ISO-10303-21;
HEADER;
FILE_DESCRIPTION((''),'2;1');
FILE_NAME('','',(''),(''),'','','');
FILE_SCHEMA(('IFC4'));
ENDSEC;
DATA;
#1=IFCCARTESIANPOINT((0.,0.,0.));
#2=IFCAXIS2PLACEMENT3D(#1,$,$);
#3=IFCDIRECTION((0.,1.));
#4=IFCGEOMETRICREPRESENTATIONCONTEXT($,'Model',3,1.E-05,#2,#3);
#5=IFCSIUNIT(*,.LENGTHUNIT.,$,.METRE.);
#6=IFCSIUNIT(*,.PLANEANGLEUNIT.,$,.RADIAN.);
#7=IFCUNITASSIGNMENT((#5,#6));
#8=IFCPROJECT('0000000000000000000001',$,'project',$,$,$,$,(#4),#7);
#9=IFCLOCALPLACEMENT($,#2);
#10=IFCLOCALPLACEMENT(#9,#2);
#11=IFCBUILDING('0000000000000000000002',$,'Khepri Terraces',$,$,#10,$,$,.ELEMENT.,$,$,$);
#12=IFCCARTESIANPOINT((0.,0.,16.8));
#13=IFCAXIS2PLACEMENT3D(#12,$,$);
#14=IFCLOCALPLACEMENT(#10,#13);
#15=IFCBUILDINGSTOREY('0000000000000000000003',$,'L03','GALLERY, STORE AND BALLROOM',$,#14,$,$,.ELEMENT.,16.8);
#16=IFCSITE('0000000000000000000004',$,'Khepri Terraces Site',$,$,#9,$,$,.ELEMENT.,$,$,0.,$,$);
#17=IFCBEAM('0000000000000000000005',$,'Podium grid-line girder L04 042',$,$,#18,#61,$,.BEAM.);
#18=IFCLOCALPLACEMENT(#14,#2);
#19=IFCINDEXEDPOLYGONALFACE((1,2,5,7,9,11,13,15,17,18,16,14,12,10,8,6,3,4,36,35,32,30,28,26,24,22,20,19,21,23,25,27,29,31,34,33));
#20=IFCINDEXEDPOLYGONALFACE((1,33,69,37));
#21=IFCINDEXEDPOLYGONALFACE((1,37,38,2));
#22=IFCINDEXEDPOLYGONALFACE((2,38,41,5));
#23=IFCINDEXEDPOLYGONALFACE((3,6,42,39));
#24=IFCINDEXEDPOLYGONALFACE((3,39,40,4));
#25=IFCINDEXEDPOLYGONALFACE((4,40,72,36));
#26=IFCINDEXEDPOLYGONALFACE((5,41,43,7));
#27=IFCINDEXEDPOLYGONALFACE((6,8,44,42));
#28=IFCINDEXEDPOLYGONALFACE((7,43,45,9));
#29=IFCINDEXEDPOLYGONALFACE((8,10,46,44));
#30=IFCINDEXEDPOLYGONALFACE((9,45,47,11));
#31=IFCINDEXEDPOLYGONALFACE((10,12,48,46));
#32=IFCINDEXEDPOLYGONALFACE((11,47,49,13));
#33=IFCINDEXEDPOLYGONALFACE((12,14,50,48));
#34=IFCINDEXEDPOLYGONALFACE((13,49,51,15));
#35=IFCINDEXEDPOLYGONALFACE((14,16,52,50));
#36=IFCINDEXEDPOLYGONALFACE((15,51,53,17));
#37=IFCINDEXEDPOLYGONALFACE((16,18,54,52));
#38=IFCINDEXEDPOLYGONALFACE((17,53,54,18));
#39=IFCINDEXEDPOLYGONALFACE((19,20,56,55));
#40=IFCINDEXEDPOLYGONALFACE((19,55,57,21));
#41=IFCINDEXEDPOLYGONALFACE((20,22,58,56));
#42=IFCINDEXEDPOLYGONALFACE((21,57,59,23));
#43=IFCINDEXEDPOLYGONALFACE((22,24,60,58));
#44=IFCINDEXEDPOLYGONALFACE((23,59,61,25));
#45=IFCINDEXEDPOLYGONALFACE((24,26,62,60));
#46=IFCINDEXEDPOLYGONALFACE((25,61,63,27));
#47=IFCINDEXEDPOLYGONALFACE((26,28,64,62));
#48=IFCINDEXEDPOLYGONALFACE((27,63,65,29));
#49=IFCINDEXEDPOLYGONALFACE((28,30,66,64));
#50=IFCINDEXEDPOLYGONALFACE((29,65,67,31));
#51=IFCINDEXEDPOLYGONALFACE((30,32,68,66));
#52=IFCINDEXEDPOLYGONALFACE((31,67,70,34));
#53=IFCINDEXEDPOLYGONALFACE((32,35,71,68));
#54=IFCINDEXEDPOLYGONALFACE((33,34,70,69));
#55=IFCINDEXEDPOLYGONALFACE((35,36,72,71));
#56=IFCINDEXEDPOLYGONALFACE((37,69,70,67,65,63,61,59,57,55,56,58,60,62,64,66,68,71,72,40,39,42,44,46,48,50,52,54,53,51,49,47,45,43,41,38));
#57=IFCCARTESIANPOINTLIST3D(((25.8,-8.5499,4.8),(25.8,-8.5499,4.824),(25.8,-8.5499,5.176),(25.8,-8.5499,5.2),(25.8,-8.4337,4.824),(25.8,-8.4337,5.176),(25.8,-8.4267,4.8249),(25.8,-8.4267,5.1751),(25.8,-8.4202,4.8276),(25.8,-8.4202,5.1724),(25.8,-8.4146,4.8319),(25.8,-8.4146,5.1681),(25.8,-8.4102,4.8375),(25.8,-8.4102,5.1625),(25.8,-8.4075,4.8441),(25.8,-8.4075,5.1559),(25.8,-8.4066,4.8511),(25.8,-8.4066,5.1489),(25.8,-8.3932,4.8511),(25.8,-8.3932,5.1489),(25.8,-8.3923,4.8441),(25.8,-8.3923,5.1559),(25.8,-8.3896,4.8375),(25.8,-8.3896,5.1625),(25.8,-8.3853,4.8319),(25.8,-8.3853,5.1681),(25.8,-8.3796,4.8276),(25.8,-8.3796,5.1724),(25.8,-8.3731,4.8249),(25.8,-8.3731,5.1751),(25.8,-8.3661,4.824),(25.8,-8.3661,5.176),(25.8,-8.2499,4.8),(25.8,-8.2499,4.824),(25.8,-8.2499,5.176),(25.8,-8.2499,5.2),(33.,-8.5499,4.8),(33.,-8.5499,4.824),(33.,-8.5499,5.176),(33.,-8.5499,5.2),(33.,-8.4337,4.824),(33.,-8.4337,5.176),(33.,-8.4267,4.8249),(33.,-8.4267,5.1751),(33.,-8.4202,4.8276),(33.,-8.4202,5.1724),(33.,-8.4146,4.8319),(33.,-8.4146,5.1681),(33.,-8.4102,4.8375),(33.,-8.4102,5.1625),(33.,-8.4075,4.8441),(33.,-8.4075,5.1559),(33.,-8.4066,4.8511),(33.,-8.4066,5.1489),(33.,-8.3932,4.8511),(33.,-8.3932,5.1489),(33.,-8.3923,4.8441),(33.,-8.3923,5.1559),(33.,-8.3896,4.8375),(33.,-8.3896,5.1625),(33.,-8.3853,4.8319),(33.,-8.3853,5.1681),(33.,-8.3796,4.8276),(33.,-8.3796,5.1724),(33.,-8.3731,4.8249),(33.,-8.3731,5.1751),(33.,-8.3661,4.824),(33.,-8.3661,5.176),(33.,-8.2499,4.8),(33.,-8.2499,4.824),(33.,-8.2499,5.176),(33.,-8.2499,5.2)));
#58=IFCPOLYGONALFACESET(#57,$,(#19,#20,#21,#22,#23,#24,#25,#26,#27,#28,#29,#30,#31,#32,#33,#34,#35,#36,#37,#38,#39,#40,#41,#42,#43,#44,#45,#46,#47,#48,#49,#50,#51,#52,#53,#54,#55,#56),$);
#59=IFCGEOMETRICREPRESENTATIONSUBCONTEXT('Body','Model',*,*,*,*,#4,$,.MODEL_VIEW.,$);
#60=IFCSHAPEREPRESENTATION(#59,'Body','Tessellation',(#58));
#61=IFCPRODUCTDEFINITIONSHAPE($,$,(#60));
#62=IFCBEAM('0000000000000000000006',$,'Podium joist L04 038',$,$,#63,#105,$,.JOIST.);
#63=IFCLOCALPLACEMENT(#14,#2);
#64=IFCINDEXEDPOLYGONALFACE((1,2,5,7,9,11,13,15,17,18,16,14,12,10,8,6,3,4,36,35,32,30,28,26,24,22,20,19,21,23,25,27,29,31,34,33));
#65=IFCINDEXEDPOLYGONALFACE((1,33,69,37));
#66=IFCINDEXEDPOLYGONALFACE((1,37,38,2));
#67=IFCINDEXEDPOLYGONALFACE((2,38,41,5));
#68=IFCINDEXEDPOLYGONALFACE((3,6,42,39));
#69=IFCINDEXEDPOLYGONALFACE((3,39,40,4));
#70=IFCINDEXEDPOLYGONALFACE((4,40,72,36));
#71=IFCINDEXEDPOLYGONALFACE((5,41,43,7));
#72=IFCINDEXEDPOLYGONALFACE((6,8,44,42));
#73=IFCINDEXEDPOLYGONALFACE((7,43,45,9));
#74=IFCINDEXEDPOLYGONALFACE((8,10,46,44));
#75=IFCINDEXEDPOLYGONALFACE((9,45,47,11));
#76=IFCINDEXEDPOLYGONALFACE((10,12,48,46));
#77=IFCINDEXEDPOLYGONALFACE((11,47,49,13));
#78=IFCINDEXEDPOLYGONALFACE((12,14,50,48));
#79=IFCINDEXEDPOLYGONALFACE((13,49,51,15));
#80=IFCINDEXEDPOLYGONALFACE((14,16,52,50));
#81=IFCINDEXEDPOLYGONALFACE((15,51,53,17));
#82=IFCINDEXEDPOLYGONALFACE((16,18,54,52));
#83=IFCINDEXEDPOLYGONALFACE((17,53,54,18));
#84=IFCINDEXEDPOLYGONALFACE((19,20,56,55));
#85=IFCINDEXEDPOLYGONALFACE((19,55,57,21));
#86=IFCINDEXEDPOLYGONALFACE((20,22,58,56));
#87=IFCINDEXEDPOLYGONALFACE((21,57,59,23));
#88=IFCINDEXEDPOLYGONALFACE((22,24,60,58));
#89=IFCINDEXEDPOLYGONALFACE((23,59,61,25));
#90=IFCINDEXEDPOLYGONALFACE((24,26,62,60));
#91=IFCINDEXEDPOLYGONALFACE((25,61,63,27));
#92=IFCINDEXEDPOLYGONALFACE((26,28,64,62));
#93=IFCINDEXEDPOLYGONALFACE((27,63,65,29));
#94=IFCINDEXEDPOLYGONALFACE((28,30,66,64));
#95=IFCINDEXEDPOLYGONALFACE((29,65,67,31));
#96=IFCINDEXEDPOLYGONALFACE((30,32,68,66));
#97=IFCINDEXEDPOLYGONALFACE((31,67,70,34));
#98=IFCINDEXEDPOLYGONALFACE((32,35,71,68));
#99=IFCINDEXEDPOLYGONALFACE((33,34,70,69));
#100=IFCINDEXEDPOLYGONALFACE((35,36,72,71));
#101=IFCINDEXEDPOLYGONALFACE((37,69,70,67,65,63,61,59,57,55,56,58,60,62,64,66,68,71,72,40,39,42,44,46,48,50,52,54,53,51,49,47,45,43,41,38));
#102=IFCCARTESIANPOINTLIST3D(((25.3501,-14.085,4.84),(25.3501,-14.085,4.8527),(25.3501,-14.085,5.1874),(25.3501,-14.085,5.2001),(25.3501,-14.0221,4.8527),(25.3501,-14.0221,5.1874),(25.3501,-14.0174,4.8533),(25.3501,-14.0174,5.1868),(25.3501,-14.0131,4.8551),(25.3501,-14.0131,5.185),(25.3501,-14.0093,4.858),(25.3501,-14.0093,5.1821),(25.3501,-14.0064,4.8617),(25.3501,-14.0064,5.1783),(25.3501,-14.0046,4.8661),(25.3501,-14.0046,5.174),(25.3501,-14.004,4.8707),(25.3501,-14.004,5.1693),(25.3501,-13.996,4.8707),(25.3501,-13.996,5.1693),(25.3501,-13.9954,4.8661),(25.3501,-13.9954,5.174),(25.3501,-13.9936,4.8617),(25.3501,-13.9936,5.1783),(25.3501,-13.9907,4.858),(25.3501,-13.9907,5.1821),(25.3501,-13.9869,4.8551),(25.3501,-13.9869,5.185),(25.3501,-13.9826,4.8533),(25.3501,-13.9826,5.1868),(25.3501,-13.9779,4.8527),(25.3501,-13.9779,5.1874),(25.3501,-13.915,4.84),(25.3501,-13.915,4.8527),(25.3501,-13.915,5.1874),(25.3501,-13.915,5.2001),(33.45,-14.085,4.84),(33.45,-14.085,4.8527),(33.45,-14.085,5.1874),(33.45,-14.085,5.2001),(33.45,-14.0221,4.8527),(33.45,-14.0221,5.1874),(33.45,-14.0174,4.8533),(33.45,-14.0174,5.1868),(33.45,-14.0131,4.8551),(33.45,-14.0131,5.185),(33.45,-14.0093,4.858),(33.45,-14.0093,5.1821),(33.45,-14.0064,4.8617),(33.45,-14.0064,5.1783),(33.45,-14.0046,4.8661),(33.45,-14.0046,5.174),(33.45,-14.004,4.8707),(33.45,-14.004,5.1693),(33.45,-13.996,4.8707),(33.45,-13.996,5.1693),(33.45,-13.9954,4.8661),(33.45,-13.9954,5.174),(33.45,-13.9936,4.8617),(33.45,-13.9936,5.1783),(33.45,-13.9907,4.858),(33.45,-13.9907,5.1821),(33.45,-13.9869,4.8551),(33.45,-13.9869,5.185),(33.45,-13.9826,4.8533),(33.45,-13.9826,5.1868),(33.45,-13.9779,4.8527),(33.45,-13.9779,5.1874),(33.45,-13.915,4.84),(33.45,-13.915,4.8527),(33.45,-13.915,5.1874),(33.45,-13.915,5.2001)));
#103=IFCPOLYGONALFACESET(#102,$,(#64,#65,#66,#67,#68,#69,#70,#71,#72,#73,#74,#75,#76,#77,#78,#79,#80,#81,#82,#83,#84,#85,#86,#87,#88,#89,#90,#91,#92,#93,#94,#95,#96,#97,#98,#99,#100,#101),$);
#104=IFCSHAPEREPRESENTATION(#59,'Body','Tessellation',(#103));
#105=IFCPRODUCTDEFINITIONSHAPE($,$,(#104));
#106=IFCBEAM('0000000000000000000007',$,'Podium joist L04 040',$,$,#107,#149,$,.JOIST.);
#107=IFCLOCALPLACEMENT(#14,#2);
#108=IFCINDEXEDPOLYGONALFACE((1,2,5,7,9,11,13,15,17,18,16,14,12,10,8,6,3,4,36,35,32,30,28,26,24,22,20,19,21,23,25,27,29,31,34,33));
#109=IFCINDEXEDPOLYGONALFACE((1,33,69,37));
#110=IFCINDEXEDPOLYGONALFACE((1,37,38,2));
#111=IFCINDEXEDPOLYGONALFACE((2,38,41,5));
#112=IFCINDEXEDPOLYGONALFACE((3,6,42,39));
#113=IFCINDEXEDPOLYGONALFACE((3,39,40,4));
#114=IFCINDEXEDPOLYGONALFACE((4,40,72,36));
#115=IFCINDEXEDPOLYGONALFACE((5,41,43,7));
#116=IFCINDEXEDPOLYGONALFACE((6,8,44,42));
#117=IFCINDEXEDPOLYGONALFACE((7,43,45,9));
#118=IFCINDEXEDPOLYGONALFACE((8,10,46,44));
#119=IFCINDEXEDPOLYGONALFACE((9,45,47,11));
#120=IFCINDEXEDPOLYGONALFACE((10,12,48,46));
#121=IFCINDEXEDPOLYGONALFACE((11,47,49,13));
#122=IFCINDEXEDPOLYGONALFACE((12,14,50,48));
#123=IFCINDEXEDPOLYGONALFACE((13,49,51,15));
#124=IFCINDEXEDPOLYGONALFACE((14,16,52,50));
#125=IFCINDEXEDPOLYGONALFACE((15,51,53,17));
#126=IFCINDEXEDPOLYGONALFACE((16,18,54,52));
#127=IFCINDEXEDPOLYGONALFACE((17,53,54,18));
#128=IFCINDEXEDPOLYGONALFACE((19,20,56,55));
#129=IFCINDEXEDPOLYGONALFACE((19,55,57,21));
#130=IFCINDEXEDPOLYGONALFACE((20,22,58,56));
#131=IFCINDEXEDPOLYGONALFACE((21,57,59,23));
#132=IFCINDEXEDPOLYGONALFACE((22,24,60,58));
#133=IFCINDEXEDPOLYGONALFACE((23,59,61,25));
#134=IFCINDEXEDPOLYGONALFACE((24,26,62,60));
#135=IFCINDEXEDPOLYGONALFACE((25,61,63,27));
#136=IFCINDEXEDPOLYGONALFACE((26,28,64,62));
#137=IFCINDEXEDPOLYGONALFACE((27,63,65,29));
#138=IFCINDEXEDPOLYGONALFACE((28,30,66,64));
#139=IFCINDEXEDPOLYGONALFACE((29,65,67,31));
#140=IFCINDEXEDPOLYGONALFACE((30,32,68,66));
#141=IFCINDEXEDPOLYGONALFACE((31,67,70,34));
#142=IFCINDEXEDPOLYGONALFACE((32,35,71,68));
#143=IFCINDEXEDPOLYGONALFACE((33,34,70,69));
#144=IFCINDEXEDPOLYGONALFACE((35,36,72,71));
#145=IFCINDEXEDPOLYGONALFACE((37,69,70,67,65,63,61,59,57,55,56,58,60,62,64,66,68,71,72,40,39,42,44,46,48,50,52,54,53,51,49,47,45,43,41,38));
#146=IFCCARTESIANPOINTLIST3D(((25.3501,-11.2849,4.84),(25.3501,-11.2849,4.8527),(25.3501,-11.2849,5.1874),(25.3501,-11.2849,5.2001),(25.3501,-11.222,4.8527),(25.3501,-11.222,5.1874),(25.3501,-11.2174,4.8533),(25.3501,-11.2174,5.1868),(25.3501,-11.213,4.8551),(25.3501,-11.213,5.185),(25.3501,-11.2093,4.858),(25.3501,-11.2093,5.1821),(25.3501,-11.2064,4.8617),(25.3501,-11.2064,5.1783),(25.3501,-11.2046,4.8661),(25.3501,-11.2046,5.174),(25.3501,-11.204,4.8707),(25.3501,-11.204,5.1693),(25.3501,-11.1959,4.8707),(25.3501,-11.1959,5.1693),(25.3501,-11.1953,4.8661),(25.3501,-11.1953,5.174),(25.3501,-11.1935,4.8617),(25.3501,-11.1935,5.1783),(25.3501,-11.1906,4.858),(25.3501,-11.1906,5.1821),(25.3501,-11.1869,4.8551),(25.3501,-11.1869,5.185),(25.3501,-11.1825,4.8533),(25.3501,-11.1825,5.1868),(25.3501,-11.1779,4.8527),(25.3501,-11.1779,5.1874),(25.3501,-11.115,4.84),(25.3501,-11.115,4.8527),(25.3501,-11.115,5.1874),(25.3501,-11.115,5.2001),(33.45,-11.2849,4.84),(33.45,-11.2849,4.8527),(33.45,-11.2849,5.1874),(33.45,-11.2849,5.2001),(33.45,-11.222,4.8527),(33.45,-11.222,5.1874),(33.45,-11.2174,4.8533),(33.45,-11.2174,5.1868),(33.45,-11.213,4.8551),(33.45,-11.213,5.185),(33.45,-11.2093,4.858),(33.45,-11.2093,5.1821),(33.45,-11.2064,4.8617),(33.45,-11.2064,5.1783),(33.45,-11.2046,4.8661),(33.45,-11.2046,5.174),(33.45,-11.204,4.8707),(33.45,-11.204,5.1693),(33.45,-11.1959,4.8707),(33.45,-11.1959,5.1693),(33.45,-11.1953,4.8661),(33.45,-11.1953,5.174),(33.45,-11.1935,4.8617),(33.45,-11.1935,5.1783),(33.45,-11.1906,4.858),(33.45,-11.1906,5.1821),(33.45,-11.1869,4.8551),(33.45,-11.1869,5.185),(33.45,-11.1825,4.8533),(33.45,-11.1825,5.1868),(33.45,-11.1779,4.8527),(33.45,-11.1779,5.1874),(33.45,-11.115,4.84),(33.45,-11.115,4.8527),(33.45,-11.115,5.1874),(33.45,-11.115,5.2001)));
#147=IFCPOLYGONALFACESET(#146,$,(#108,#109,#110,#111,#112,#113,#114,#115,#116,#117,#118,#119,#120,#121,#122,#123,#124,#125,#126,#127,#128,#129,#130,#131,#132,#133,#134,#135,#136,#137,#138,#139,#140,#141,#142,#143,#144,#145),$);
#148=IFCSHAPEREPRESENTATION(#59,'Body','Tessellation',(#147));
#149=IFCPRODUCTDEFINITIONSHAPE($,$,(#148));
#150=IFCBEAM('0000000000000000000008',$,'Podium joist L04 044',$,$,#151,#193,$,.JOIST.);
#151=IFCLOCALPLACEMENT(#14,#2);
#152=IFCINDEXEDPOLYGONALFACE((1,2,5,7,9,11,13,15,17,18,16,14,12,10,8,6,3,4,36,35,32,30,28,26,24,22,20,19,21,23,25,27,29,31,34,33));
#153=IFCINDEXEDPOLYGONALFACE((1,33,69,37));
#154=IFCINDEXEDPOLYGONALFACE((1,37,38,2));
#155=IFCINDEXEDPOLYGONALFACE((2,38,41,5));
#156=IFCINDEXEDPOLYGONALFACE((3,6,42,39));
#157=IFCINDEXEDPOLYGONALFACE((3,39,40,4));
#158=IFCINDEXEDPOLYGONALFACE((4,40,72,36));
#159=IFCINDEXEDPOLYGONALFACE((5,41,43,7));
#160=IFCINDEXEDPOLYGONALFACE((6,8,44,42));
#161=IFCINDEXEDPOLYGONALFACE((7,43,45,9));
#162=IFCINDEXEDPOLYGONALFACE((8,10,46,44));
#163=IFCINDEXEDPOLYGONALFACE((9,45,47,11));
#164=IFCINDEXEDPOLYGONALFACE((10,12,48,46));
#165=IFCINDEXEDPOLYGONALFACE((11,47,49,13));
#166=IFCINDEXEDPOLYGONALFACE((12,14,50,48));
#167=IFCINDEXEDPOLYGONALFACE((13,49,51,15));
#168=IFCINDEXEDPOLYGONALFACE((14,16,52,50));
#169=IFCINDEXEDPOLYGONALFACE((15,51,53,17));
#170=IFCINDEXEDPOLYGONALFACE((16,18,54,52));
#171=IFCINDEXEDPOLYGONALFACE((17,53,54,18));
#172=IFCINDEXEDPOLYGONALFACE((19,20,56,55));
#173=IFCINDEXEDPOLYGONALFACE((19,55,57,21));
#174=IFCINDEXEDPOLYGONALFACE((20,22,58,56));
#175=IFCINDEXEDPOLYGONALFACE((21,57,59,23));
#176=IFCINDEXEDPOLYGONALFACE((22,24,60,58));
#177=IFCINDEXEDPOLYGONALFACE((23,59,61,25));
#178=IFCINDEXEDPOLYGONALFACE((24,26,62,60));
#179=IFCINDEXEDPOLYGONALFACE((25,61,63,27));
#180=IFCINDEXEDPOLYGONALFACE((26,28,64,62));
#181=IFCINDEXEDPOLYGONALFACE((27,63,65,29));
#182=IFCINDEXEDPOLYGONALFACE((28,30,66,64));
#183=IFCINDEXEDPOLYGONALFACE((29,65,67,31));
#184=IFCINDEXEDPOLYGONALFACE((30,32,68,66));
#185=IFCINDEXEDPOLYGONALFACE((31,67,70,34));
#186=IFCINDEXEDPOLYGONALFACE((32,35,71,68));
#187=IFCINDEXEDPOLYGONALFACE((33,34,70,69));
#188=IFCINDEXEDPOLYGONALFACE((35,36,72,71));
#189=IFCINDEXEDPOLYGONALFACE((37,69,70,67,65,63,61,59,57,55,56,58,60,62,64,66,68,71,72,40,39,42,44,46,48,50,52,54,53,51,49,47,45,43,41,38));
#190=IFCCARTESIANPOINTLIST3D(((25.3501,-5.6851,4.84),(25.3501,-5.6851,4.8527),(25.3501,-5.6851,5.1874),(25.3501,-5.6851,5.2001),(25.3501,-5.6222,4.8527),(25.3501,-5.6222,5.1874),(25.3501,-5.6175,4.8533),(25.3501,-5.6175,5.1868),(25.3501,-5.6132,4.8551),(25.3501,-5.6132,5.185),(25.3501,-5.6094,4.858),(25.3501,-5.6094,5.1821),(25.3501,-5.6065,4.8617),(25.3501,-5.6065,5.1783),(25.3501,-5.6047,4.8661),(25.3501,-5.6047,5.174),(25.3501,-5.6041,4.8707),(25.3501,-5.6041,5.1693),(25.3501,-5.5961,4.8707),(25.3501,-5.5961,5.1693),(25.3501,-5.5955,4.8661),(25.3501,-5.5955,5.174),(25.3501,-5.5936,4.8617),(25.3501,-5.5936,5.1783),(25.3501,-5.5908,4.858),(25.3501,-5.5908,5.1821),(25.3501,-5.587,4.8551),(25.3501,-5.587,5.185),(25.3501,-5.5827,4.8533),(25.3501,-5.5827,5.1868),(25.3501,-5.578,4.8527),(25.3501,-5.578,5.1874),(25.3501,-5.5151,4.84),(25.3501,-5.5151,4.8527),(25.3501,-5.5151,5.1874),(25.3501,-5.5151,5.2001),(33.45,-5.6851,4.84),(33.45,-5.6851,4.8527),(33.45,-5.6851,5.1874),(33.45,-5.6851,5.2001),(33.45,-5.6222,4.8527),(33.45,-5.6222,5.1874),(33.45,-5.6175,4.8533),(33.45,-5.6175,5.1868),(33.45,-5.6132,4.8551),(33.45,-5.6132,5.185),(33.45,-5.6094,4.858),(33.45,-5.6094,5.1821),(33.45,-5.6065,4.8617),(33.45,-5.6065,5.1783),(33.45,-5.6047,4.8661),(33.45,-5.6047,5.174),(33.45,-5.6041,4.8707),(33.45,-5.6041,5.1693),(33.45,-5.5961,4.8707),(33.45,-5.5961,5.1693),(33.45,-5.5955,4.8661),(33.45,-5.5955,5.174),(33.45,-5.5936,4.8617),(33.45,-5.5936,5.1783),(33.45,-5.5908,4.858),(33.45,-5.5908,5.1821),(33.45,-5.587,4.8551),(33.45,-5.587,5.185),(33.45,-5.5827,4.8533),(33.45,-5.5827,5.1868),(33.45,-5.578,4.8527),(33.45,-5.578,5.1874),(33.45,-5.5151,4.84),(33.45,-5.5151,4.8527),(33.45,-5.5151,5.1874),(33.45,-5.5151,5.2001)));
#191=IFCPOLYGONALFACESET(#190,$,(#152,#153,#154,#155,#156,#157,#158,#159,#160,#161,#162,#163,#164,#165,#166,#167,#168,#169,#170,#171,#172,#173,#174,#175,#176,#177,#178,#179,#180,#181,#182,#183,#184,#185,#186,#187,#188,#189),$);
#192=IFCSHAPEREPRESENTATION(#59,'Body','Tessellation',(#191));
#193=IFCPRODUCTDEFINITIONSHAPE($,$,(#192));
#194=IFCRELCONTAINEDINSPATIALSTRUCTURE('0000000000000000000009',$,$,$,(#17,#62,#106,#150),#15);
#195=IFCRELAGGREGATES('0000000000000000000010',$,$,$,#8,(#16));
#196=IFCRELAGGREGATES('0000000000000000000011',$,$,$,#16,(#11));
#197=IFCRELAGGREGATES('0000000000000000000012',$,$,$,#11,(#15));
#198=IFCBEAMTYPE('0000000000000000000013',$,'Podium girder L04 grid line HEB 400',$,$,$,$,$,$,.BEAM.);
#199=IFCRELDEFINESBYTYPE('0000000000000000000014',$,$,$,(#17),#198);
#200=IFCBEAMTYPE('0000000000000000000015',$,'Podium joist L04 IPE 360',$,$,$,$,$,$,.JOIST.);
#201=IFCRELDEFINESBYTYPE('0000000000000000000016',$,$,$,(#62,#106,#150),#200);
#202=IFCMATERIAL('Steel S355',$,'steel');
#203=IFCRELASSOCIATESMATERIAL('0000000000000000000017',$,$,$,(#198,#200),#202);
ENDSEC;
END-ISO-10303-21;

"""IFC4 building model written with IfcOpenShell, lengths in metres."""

from ifc_helpers import new_model, si_unit, direction, frame, origin, origin_2d, place, context, subcontext, project, spatial, i_section, extrude, material, material_profile, profile_set, type_object, element, save


model = new_model("IFC4")

# Units and contexts
model_context = context("Model", 3, precision=1e-05, world=origin(), true_north=direction((0.0, 1.0)))
body_context = subcontext(model_context, "Body", "Model", "MODEL_VIEW")
ifc_project = project(units=[si_unit("LENGTHUNIT", "METRE"), si_unit("PLANEANGLEUNIT", "RADIAN")], contexts=[model_context])

# Site, building, storey
site_placement = place(None, origin())
site = spatial("IfcSite", under=ifc_project, at=site_placement, Name="Khepri Terraces Site", CompositionType="ELEMENT", RefElevation=0.0)
building_placement = place(site_placement, origin())
building = spatial("IfcBuilding", under=site, at=building_placement, Name="Khepri Terraces", CompositionType="ELEMENT")
storey_placement = place(building_placement, frame((0.0, 0.0, 16.8)))
storey = spatial("IfcBuildingStorey", under=building, at=storey_placement, Name="L03", Description="GALLERY, STORE AND BALLROOM", CompositionType="ELEMENT", Elevation=16.8)

# Beams
ifc_material_1 = material(Name="Steel S355", Category="steel")
ifc_material_profile_1 = material_profile(ifc_material_1, i_section(OverallWidth=0.3, OverallDepth=0.3999, WebThickness=0.0134, FlangeThickness=0.0239, FilletRadius=0.0271, at=origin_2d()), Name="Steel S355", Category="steel")
ifc_profile_set_1 = profile_set([ifc_material_profile_1], Name="Steel S355")
beam_type_1 = type_object("IfcBeamType", Name="Podium girder L04 grid line HEB 400", PredefinedType="BEAM", material=ifc_profile_set_1)
beam_1_placement = place(storey_placement, frame((25.8, -8.3999, 5.0), z_axis=(1.0, 0.0, 0.0), x_axis=(0.0, 1.0, 0.0)))
element("IfcBeam", 1, at=beam_1_placement, inside=storey, type_object=beam_type_1, Name="Podium grid-line girder L04 042", PredefinedType="BEAM", context=body_context, shape_type="SweptSolid", body=[
    extrude(i_section(OverallWidth=0.3, OverallDepth=0.3999, WebThickness=0.0134, FlangeThickness=0.0239, FilletRadius=0.0271, at=origin_2d()), origin(), (0.0, 0.0, 1.0), 7.2),
])
ifc_material_profile_2 = material_profile(ifc_material_1, i_section(OverallWidth=0.1699, OverallDepth=0.3601, WebThickness=0.0081, FlangeThickness=0.0127, FilletRadius=0.0181, at=origin_2d()), Name="Steel S355", Category="steel")
ifc_profile_set_2 = profile_set([ifc_material_profile_2], Name="Steel S355")
beam_type_2 = type_object("IfcBeamType", Name="Podium joist L04 IPE 360", PredefinedType="JOIST", material=ifc_profile_set_2)
for number, where, z_axis, x_axis, name in (
    (2, (25.3501, -14.0, 5.02), (1.0, 0.0, 0.0), (0.0, 1.0, 0.0), "Podium joist L04 038"),
    (3, (25.3501, -11.2, 5.02), (1.0, 0.0, 0.0), (0.0, 1.0, 0.0), "Podium joist L04 040"),
    (4, (25.3501, -5.6001, 5.02), (1.0, 0.0, 0.0), (0.0, 1.0, 0.0), "Podium joist L04 044"),
):
    element("IfcBeam", number, at=place(storey_placement, frame(where, z_axis=z_axis, x_axis=x_axis)), inside=storey, type_object=beam_type_2, Name=name, PredefinedType="JOIST", context=body_context, shape_type="SweptSolid", body=[
        extrude(i_section(OverallWidth=0.1699, OverallDepth=0.3601, WebThickness=0.0081, FlangeThickness=0.0127, FilletRadius=0.0181, at=origin_2d()), origin(), (0.0, 0.0, 1.0), 8.0999),
    ])

save(model, "model.ifc")
